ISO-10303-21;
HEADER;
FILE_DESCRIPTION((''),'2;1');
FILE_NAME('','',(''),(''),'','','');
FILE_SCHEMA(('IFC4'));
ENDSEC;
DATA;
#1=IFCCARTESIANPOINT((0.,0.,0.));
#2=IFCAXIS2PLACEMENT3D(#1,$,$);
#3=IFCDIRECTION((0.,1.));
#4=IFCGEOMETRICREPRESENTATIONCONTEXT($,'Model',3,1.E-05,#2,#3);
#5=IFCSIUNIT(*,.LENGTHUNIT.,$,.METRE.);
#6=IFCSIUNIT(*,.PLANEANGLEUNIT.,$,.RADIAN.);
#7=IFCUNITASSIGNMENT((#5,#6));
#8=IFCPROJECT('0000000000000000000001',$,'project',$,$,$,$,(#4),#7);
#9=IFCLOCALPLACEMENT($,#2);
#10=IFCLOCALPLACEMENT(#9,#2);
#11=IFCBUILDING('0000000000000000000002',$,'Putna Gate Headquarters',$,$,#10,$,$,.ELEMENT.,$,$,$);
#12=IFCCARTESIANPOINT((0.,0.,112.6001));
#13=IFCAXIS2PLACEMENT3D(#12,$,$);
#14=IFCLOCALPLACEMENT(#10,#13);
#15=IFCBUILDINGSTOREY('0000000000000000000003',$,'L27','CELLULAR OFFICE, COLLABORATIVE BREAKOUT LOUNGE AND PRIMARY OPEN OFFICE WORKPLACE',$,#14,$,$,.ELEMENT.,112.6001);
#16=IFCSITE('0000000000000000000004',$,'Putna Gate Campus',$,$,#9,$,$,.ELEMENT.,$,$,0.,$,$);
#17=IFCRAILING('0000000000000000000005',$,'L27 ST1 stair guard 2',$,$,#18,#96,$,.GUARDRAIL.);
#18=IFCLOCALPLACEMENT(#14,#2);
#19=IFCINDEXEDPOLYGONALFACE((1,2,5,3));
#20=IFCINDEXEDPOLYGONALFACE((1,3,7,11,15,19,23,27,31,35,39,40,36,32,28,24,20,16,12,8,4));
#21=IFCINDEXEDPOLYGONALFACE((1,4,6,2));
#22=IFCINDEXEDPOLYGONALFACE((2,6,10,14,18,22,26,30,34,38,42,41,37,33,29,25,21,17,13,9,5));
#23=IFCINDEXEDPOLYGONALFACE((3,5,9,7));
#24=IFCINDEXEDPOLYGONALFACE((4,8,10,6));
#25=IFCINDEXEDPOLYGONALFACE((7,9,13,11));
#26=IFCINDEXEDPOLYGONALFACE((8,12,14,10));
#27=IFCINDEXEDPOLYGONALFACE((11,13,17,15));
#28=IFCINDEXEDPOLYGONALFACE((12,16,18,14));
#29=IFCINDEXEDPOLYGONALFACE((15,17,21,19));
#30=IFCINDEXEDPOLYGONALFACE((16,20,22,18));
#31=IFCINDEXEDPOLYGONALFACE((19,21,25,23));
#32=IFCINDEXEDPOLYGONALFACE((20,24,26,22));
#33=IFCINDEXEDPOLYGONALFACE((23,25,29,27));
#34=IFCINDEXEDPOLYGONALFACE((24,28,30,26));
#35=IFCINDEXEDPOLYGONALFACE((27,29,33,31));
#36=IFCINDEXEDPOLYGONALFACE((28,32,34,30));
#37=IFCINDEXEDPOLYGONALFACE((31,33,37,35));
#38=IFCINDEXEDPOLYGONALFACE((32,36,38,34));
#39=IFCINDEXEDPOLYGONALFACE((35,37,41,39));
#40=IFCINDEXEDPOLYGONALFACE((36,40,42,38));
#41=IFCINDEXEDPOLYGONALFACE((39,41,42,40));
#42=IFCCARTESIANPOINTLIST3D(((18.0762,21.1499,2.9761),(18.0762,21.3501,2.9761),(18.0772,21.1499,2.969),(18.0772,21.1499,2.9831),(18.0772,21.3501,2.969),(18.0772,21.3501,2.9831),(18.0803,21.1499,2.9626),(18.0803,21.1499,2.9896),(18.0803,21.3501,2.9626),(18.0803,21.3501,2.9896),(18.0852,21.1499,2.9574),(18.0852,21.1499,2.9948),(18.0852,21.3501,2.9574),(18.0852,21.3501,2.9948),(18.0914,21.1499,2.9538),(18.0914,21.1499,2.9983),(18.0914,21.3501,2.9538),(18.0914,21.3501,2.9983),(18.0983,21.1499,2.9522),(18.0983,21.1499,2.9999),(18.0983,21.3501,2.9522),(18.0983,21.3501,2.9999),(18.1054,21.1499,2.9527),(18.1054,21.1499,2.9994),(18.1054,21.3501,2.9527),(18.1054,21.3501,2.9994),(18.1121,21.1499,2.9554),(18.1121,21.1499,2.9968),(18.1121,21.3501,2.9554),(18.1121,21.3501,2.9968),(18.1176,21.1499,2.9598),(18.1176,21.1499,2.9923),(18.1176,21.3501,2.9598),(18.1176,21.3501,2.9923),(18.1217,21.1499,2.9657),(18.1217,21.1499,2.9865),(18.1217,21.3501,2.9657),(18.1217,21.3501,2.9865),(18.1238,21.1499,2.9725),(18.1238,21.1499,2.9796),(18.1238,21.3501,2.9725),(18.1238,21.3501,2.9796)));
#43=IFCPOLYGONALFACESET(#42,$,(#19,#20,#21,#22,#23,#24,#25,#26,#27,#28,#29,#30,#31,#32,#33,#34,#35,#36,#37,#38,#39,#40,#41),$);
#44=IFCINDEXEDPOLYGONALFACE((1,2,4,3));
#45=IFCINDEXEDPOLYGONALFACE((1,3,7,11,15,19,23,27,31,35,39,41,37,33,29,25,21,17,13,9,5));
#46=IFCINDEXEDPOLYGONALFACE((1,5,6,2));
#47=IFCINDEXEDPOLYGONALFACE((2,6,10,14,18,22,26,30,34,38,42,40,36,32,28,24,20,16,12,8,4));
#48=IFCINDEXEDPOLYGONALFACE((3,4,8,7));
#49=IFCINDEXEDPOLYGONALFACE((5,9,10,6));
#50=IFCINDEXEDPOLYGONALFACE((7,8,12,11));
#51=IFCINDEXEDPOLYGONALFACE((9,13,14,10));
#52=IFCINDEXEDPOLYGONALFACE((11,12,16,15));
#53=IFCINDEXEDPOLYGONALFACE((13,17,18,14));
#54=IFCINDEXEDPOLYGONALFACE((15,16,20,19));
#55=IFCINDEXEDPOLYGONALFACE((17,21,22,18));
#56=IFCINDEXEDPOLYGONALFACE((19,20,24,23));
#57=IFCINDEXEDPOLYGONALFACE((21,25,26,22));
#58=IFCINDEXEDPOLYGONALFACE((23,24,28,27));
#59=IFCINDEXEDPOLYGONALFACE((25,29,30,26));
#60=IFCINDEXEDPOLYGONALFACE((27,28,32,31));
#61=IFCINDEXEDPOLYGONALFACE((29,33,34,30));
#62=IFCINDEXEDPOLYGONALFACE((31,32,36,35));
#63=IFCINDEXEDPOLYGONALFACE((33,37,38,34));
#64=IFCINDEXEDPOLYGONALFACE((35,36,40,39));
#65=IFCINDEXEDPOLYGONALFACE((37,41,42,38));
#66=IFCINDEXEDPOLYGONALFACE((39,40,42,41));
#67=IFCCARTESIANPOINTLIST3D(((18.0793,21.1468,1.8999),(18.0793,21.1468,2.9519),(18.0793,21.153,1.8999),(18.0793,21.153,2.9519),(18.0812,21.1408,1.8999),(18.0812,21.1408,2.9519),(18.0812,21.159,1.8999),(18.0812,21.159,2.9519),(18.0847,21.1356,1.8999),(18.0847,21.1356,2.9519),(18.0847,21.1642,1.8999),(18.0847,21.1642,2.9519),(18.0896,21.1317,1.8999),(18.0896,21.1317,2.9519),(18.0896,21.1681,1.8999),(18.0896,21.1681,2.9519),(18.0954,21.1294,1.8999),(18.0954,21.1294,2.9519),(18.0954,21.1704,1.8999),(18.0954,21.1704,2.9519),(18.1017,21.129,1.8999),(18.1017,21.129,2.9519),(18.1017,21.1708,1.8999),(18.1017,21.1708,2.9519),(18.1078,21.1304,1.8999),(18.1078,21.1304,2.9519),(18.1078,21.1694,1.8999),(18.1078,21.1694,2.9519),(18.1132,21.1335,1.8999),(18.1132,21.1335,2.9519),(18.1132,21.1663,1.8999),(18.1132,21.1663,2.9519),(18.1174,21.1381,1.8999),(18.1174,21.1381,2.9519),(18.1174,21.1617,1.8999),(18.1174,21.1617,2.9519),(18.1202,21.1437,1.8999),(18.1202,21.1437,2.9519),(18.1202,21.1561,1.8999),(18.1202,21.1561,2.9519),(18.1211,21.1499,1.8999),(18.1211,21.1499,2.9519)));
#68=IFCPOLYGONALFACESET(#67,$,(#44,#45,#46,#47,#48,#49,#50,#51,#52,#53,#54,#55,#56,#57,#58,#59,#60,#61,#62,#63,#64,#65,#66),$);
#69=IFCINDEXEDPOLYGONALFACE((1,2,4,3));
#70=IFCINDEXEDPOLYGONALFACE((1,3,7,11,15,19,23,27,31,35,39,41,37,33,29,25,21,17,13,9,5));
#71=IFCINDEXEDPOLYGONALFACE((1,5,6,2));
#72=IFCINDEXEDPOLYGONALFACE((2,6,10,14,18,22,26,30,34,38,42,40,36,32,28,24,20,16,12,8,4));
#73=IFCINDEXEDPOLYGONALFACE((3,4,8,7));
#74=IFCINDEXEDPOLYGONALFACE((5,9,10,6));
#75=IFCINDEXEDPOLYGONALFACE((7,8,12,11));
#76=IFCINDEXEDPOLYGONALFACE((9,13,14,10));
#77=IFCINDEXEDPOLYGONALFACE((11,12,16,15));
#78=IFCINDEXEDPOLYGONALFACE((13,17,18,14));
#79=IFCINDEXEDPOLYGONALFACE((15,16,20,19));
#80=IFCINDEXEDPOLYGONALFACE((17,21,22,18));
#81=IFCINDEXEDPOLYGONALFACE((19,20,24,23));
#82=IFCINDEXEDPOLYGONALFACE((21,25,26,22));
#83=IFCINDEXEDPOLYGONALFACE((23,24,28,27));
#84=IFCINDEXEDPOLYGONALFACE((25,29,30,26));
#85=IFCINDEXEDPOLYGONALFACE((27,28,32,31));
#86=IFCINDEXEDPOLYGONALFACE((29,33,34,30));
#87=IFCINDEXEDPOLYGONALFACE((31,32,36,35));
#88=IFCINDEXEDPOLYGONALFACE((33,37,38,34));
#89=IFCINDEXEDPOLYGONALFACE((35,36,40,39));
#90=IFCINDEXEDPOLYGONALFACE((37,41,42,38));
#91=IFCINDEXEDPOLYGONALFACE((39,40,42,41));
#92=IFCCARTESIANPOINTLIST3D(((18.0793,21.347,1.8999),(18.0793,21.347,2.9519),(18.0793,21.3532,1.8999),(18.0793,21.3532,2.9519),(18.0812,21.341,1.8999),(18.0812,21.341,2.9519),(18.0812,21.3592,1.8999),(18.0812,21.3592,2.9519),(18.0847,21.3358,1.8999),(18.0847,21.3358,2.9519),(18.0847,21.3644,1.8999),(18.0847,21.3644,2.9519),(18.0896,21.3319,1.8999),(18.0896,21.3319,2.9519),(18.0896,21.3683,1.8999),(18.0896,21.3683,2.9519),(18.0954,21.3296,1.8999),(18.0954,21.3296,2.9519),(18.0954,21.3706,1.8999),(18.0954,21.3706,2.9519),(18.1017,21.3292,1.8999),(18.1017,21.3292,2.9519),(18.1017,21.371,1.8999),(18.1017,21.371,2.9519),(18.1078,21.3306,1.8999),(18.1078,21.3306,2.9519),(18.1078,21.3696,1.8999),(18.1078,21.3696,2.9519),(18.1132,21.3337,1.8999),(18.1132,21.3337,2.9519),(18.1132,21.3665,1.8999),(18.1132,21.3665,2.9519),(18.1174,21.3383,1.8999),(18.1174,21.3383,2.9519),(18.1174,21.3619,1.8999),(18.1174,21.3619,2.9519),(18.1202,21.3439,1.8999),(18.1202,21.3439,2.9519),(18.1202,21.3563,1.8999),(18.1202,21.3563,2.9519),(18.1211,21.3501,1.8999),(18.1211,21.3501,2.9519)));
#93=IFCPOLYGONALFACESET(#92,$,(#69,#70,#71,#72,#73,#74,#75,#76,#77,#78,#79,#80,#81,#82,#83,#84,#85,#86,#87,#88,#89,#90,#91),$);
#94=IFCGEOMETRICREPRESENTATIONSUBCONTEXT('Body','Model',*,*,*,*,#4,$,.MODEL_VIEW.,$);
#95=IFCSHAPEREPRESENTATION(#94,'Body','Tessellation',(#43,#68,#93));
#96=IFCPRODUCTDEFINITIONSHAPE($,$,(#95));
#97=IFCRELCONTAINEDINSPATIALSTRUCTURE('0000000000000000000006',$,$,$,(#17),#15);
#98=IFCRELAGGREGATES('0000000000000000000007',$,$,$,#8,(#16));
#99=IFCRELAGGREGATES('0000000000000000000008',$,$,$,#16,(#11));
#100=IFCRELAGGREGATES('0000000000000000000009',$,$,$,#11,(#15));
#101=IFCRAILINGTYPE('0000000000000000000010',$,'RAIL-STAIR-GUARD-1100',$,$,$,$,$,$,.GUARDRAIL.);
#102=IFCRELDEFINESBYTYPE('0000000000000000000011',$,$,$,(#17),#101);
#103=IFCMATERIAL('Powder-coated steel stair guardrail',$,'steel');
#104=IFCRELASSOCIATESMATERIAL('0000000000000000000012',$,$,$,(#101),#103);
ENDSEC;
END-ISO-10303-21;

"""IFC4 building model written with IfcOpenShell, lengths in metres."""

from ifc_helpers import new_model, si_unit, direction, frame, origin, origin_2d, place, context, subcontext, project, spatial, circle, extrude, material, type_object, element, save


model = new_model("IFC4")

# Units and contexts
model_context = context("Model", 3, precision=1e-05, world=origin(), true_north=direction((0.0, 1.0)))
body_context = subcontext(model_context, "Body", "Model", "MODEL_VIEW")
ifc_project = project(units=[si_unit("LENGTHUNIT", "METRE"), si_unit("PLANEANGLEUNIT", "RADIAN")], contexts=[model_context])

# Site, building, storey
site_placement = place(None, origin())
site = spatial("IfcSite", under=ifc_project, at=site_placement, Name="Putna Gate Campus", CompositionType="ELEMENT", RefElevation=0.0)
building_placement = place(site_placement, origin())
building = spatial("IfcBuilding", under=site, at=building_placement, Name="Putna Gate Headquarters", CompositionType="ELEMENT")
storey_placement = place(building_placement, frame((0.0, 0.0, 112.6001)))
storey = spatial("IfcBuildingStorey", under=building, at=storey_placement, Name="L27", Description="CELLULAR OFFICE, COLLABORATIVE BREAKOUT LOUNGE AND PRIMARY OPEN OFFICE WORKPLACE", CompositionType="ELEMENT", Elevation=112.6001)

# Railing
ifc_material_1 = material(Name="Powder-coated steel stair guardrail", Category="steel")
railing_type_1 = type_object("IfcRailingType", Name="RAIL-STAIR-GUARD-1100", PredefinedType="GUARDRAIL", material=ifc_material_1)
railing_1_placement = place(storey_placement, frame((18.1001, 21.1499, 1.8999)))
element("IfcRailing", 1, at=railing_1_placement, inside=storey, type_object=railing_type_1, Name="L27 ST1 stair guard 2", PredefinedType="GUARDRAIL", context=body_context, shape_type="SweptSolid", body=[
    extrude(circle(Radius=0.0239, at=origin_2d()), frame((0.0, 0.0, 1.0762), z_axis=(0.0, 1.0, 0.0), x_axis=(-1.0, 0.0, 0.0)), (0.0, 0.0, 1.0), 0.2002),
    extrude(circle(Radius=0.021, at=origin_2d()), origin(), (0.0, 0.0, 1.0), 1.052),
    extrude(circle(Radius=0.021, at=origin_2d()), frame((0.0, 0.2002, 0.0)), (0.0, 0.0, 1.0), 1.052),
])

save(model, "model.ifc")
